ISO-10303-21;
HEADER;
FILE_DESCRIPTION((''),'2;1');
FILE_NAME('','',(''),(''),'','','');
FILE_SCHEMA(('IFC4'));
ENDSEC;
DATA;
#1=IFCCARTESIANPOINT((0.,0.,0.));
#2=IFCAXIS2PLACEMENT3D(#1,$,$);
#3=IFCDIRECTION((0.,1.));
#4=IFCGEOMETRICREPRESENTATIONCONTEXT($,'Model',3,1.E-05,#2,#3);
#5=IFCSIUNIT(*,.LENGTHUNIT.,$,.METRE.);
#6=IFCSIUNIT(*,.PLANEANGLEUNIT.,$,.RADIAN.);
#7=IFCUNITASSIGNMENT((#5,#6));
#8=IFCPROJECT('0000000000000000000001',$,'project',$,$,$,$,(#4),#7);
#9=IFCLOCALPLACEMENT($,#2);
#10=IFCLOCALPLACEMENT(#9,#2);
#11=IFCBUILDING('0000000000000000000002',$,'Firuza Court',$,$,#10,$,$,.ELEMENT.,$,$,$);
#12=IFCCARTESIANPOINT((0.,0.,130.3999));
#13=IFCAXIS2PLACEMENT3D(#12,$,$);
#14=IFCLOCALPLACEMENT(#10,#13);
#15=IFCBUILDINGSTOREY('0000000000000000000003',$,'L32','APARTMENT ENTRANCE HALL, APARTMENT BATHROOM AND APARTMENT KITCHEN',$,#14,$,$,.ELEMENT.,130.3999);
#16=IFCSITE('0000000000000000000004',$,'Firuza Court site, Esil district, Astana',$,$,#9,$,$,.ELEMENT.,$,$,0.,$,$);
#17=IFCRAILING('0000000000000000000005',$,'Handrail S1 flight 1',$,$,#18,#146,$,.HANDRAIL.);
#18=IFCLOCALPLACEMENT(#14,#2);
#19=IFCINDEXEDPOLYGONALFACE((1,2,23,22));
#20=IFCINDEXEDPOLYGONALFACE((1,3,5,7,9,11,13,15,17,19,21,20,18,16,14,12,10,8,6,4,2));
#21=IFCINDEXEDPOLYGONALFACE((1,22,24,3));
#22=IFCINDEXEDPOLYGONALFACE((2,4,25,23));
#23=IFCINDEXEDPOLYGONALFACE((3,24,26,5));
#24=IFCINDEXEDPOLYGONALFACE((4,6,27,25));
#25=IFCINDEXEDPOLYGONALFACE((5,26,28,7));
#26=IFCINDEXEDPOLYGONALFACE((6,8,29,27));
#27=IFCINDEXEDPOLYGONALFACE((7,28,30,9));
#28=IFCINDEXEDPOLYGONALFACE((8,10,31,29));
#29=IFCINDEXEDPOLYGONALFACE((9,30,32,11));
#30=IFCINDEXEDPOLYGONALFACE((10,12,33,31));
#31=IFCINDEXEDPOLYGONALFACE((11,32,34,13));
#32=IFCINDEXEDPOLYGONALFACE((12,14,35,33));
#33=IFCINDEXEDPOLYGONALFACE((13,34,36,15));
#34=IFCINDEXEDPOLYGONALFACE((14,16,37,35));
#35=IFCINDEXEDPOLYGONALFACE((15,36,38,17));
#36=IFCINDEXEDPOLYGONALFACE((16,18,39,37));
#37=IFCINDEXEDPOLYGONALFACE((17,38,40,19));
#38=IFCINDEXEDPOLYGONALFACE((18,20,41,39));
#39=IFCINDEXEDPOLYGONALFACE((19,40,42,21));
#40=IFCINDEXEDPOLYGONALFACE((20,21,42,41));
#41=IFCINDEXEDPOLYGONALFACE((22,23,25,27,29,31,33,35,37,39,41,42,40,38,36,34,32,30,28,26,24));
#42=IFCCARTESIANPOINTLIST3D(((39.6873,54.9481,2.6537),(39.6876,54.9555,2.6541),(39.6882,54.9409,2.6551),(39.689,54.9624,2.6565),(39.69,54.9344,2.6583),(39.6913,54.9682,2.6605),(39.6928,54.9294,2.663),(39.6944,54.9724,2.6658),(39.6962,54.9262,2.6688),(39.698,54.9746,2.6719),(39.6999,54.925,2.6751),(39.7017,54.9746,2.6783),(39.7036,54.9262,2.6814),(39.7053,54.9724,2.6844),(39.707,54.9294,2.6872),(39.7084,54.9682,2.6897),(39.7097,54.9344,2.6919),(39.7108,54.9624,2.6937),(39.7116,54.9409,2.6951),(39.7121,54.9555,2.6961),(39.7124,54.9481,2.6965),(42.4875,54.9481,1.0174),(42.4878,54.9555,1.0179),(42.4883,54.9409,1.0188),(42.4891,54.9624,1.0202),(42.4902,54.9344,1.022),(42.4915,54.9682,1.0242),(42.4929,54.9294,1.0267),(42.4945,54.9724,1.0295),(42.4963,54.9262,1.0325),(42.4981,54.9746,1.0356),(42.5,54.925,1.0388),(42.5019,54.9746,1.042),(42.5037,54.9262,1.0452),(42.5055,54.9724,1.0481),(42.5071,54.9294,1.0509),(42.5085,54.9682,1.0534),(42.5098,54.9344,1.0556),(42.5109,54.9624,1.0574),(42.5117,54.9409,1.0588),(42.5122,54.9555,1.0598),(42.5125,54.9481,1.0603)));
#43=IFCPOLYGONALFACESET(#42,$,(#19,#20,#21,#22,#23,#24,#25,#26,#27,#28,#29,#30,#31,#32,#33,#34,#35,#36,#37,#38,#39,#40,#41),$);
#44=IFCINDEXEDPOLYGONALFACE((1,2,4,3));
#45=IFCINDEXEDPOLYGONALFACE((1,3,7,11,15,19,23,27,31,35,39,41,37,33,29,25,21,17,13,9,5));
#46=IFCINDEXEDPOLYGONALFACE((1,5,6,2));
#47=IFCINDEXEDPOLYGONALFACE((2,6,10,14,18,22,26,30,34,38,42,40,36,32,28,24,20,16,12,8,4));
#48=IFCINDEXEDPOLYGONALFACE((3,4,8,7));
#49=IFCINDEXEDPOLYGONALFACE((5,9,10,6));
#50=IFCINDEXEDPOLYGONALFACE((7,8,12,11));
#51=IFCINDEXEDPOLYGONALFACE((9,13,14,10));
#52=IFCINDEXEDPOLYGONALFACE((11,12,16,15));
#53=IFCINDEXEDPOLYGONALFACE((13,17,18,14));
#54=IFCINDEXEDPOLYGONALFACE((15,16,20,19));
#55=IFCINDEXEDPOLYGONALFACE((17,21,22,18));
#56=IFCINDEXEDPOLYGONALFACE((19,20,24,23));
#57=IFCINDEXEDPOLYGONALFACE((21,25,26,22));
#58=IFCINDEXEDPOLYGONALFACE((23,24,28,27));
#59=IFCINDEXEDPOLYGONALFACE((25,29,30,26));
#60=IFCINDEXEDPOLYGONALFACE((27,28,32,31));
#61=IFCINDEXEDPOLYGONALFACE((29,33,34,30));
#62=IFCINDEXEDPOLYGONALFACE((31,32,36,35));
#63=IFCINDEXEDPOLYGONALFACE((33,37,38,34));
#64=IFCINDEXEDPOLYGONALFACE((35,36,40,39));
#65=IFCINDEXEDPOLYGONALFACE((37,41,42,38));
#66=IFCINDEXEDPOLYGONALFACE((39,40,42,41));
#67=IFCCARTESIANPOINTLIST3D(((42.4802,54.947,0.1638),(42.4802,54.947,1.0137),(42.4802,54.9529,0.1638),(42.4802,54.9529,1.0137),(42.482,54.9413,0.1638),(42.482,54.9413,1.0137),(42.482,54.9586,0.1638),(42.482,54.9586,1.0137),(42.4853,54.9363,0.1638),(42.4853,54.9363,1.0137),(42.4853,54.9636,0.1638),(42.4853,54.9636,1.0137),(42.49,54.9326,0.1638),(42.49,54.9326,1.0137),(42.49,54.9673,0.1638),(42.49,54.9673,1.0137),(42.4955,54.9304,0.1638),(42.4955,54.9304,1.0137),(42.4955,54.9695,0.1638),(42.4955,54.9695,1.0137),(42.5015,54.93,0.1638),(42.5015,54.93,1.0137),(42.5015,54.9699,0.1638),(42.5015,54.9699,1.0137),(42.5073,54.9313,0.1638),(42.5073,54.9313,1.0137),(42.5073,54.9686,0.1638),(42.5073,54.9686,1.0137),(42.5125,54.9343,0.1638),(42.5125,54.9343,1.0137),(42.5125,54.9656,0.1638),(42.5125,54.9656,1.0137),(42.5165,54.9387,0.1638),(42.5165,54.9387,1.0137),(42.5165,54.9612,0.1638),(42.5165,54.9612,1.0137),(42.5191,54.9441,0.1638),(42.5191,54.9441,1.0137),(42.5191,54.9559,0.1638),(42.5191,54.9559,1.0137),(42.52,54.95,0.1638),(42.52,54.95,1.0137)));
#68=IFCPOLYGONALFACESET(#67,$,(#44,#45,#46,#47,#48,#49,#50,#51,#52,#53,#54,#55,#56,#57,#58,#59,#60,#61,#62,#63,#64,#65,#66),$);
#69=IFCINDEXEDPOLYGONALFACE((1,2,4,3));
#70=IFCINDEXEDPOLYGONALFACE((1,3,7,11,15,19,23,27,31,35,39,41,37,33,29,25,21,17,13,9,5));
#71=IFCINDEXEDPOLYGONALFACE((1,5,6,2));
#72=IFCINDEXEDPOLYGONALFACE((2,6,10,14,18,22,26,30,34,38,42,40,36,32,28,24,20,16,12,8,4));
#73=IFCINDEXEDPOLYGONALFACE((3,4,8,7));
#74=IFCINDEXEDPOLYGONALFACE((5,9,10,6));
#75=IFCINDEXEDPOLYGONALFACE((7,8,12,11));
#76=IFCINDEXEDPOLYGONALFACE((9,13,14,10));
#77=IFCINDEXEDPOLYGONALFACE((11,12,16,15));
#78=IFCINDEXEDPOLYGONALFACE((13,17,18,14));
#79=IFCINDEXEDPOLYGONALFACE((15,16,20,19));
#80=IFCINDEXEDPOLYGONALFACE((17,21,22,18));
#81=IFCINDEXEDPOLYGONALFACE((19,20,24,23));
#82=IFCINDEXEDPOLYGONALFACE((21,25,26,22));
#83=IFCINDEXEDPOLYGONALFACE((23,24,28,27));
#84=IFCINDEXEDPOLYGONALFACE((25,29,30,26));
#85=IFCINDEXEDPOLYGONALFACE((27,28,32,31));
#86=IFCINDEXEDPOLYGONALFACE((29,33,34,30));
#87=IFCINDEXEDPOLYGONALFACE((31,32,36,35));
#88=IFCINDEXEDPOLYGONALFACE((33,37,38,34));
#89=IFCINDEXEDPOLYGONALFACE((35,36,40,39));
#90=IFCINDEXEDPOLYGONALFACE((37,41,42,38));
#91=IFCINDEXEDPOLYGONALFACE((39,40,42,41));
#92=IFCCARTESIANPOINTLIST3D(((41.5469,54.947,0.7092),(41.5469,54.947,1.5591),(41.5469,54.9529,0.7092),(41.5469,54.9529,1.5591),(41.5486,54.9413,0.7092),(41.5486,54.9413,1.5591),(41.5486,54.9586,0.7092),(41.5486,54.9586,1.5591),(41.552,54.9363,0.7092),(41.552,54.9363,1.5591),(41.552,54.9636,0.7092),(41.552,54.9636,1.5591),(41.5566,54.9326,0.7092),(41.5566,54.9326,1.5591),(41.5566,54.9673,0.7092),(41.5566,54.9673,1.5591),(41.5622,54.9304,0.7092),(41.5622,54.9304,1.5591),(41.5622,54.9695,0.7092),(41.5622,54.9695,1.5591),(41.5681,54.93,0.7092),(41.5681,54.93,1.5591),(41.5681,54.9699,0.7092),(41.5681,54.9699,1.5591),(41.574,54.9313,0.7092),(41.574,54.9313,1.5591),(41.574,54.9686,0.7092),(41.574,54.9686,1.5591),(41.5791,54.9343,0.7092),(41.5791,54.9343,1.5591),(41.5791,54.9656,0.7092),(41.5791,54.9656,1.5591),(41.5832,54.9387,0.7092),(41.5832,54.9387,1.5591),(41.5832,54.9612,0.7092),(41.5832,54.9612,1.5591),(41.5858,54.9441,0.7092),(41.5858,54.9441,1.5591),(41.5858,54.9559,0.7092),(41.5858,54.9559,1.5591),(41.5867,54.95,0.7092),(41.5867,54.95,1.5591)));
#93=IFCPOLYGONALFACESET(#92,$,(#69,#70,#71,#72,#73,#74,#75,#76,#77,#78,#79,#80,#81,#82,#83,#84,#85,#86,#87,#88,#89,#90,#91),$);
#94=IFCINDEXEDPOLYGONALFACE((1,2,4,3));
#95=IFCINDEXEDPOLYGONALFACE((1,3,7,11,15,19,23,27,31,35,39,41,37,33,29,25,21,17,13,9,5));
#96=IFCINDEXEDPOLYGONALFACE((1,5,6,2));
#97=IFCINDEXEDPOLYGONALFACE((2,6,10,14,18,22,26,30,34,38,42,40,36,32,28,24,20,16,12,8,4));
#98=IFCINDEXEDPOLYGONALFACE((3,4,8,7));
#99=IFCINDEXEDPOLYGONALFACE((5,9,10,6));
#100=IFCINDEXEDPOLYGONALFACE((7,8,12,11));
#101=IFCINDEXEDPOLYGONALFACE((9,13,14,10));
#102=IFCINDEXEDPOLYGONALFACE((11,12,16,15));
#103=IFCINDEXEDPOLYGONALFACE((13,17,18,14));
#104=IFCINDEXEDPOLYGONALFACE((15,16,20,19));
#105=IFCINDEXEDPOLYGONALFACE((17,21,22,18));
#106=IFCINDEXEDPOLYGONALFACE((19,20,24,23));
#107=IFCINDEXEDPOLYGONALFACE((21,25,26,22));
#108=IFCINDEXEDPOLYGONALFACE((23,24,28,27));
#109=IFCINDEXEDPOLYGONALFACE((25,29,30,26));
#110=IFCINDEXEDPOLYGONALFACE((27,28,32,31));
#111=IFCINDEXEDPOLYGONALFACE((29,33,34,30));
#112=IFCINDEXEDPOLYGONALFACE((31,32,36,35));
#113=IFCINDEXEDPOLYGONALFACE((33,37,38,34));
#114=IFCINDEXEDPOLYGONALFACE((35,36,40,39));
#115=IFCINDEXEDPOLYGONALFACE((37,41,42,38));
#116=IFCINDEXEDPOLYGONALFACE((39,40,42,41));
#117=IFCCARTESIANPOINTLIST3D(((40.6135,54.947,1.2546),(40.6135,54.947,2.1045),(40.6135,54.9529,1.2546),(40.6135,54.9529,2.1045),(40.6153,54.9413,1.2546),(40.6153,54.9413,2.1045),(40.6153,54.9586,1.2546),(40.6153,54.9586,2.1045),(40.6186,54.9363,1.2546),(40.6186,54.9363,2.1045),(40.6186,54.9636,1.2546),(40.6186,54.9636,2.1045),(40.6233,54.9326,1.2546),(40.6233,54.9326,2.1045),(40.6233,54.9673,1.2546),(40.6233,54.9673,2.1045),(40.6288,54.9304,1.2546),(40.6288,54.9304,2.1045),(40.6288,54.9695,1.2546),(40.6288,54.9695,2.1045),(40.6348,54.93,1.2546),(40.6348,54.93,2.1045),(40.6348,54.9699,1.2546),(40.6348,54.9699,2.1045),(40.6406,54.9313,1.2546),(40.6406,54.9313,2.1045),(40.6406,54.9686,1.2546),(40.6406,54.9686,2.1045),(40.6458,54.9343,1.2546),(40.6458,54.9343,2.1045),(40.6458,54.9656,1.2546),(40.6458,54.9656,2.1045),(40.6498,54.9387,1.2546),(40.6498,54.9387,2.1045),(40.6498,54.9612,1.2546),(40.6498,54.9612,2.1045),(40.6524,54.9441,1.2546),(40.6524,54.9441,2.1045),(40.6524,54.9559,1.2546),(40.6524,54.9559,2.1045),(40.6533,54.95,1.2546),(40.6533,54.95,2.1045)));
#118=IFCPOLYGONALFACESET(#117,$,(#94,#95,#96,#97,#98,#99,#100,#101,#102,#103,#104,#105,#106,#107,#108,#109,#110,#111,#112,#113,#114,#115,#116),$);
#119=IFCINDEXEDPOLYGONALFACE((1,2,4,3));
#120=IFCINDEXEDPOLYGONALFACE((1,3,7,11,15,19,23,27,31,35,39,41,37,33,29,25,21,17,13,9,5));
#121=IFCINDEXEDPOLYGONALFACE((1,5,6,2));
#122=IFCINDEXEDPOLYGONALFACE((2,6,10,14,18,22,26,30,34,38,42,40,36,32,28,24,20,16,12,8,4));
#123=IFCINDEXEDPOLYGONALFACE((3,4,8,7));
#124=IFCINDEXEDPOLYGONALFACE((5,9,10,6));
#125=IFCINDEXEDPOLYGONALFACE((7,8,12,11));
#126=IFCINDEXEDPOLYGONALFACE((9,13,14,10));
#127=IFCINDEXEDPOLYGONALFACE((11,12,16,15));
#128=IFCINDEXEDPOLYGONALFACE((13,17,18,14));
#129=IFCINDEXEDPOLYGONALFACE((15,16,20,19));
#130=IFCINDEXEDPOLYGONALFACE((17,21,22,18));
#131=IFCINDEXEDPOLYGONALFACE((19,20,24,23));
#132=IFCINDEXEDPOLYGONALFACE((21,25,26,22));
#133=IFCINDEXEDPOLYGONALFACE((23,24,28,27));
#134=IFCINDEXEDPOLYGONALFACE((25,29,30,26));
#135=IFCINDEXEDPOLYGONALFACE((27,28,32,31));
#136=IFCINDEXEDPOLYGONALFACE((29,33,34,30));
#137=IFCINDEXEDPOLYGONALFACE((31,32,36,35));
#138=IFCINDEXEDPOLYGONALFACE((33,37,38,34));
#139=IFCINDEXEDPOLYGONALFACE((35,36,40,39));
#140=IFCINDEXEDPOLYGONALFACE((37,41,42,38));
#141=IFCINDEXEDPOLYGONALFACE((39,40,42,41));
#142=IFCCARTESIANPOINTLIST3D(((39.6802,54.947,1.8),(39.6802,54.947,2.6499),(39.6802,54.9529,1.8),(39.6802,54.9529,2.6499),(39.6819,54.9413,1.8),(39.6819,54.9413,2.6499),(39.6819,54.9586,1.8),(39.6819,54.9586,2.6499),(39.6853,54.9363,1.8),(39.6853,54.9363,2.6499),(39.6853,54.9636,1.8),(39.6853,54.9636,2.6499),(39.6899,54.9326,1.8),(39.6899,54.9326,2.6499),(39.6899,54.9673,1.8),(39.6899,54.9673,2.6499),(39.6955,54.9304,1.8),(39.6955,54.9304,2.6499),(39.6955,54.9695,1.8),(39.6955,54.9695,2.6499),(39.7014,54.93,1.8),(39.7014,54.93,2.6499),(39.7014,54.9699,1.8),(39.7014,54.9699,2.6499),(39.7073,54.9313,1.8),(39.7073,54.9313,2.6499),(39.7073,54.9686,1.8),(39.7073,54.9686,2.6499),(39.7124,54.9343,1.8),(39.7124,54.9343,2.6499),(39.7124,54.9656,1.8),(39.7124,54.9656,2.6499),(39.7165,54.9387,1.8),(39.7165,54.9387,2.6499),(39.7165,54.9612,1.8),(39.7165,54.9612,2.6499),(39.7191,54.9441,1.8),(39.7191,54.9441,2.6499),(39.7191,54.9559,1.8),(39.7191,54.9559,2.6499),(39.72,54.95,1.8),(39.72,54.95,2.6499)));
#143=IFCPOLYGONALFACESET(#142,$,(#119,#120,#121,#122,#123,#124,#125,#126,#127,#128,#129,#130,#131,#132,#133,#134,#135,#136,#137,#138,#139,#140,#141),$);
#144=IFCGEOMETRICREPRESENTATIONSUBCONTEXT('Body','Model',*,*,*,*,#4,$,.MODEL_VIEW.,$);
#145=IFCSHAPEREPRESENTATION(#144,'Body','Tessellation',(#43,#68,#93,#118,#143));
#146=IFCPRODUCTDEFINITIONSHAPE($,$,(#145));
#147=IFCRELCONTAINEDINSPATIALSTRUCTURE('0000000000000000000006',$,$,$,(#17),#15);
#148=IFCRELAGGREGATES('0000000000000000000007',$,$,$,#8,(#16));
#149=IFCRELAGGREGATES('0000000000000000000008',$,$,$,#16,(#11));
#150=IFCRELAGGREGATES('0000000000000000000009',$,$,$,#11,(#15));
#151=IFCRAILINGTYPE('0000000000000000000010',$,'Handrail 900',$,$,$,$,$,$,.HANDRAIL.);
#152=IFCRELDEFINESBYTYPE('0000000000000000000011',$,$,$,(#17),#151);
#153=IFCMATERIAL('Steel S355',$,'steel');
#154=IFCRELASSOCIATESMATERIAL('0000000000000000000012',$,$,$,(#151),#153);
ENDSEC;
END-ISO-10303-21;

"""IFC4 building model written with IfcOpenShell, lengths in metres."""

from ifc_helpers import new_model, si_unit, direction, frame, origin, origin_2d, place, context, subcontext, project, spatial, circle, extrude, material, type_object, element, save


model = new_model("IFC4")

# Units and contexts
model_context = context("Model", 3, precision=1e-05, world=origin(), true_north=direction((0.0, 1.0)))
body_context = subcontext(model_context, "Body", "Model", "MODEL_VIEW")
ifc_project = project(units=[si_unit("LENGTHUNIT", "METRE"), si_unit("PLANEANGLEUNIT", "RADIAN")], contexts=[model_context])

# Site, building, storey
site_placement = place(None, origin())
site = spatial("IfcSite", under=ifc_project, at=site_placement, Name="Firuza Court site, Esil district, Astana", CompositionType="ELEMENT", RefElevation=0.0)
building_placement = place(site_placement, origin())
building = spatial("IfcBuilding", under=site, at=building_placement, Name="Firuza Court", CompositionType="ELEMENT")
storey_placement = place(building_placement, frame((0.0, 0.0, 130.3999)))
storey = spatial("IfcBuildingStorey", under=building, at=storey_placement, Name="L32", Description="APARTMENT ENTRANCE HALL, APARTMENT BATHROOM AND APARTMENT KITCHEN", CompositionType="ELEMENT", Elevation=130.3999)

# Railing
ifc_material_1 = material(Name="Steel S355", Category="steel")
railing_type_1 = type_object("IfcRailingType", Name="Handrail 900", PredefinedType="HANDRAIL", material=ifc_material_1)
railing_1_placement = place(storey_placement, frame((42.5, 54.95, 0.1638)))
element("IfcRailing", 1, at=railing_1_placement, inside=storey, type_object=railing_type_1, Name="Handrail S1 flight 1", PredefinedType="HANDRAIL", context=body_context, shape_type="SweptSolid", body=[
    extrude(circle(Radius=0.0249, at=origin_2d()), frame((0.0, 0.0, 0.875), z_axis=(-0.863394, 0.0, 0.504531), x_axis=(0.0, -1.0, 0.0)), (0.0, 0.0, 1.0), 3.2432),
    extrude(circle(Radius=0.02, at=origin_2d()), origin(), (0.0, 0.0, 1.0), 0.8499),
    extrude(circle(Radius=0.02, at=origin_2d()), frame((-0.9333, 0.0, 0.5454)), (0.0, 0.0, 1.0), 0.8499),
    extrude(circle(Radius=0.02, at=origin_2d()), frame((-1.8667, 0.0, 1.0908)), (0.0, 0.0, 1.0), 0.8499),
    extrude(circle(Radius=0.02, at=origin_2d()), frame((-2.8, 0.0, 1.6362)), (0.0, 0.0, 1.0), 0.8499),
])

save(model, "model.ifc")
